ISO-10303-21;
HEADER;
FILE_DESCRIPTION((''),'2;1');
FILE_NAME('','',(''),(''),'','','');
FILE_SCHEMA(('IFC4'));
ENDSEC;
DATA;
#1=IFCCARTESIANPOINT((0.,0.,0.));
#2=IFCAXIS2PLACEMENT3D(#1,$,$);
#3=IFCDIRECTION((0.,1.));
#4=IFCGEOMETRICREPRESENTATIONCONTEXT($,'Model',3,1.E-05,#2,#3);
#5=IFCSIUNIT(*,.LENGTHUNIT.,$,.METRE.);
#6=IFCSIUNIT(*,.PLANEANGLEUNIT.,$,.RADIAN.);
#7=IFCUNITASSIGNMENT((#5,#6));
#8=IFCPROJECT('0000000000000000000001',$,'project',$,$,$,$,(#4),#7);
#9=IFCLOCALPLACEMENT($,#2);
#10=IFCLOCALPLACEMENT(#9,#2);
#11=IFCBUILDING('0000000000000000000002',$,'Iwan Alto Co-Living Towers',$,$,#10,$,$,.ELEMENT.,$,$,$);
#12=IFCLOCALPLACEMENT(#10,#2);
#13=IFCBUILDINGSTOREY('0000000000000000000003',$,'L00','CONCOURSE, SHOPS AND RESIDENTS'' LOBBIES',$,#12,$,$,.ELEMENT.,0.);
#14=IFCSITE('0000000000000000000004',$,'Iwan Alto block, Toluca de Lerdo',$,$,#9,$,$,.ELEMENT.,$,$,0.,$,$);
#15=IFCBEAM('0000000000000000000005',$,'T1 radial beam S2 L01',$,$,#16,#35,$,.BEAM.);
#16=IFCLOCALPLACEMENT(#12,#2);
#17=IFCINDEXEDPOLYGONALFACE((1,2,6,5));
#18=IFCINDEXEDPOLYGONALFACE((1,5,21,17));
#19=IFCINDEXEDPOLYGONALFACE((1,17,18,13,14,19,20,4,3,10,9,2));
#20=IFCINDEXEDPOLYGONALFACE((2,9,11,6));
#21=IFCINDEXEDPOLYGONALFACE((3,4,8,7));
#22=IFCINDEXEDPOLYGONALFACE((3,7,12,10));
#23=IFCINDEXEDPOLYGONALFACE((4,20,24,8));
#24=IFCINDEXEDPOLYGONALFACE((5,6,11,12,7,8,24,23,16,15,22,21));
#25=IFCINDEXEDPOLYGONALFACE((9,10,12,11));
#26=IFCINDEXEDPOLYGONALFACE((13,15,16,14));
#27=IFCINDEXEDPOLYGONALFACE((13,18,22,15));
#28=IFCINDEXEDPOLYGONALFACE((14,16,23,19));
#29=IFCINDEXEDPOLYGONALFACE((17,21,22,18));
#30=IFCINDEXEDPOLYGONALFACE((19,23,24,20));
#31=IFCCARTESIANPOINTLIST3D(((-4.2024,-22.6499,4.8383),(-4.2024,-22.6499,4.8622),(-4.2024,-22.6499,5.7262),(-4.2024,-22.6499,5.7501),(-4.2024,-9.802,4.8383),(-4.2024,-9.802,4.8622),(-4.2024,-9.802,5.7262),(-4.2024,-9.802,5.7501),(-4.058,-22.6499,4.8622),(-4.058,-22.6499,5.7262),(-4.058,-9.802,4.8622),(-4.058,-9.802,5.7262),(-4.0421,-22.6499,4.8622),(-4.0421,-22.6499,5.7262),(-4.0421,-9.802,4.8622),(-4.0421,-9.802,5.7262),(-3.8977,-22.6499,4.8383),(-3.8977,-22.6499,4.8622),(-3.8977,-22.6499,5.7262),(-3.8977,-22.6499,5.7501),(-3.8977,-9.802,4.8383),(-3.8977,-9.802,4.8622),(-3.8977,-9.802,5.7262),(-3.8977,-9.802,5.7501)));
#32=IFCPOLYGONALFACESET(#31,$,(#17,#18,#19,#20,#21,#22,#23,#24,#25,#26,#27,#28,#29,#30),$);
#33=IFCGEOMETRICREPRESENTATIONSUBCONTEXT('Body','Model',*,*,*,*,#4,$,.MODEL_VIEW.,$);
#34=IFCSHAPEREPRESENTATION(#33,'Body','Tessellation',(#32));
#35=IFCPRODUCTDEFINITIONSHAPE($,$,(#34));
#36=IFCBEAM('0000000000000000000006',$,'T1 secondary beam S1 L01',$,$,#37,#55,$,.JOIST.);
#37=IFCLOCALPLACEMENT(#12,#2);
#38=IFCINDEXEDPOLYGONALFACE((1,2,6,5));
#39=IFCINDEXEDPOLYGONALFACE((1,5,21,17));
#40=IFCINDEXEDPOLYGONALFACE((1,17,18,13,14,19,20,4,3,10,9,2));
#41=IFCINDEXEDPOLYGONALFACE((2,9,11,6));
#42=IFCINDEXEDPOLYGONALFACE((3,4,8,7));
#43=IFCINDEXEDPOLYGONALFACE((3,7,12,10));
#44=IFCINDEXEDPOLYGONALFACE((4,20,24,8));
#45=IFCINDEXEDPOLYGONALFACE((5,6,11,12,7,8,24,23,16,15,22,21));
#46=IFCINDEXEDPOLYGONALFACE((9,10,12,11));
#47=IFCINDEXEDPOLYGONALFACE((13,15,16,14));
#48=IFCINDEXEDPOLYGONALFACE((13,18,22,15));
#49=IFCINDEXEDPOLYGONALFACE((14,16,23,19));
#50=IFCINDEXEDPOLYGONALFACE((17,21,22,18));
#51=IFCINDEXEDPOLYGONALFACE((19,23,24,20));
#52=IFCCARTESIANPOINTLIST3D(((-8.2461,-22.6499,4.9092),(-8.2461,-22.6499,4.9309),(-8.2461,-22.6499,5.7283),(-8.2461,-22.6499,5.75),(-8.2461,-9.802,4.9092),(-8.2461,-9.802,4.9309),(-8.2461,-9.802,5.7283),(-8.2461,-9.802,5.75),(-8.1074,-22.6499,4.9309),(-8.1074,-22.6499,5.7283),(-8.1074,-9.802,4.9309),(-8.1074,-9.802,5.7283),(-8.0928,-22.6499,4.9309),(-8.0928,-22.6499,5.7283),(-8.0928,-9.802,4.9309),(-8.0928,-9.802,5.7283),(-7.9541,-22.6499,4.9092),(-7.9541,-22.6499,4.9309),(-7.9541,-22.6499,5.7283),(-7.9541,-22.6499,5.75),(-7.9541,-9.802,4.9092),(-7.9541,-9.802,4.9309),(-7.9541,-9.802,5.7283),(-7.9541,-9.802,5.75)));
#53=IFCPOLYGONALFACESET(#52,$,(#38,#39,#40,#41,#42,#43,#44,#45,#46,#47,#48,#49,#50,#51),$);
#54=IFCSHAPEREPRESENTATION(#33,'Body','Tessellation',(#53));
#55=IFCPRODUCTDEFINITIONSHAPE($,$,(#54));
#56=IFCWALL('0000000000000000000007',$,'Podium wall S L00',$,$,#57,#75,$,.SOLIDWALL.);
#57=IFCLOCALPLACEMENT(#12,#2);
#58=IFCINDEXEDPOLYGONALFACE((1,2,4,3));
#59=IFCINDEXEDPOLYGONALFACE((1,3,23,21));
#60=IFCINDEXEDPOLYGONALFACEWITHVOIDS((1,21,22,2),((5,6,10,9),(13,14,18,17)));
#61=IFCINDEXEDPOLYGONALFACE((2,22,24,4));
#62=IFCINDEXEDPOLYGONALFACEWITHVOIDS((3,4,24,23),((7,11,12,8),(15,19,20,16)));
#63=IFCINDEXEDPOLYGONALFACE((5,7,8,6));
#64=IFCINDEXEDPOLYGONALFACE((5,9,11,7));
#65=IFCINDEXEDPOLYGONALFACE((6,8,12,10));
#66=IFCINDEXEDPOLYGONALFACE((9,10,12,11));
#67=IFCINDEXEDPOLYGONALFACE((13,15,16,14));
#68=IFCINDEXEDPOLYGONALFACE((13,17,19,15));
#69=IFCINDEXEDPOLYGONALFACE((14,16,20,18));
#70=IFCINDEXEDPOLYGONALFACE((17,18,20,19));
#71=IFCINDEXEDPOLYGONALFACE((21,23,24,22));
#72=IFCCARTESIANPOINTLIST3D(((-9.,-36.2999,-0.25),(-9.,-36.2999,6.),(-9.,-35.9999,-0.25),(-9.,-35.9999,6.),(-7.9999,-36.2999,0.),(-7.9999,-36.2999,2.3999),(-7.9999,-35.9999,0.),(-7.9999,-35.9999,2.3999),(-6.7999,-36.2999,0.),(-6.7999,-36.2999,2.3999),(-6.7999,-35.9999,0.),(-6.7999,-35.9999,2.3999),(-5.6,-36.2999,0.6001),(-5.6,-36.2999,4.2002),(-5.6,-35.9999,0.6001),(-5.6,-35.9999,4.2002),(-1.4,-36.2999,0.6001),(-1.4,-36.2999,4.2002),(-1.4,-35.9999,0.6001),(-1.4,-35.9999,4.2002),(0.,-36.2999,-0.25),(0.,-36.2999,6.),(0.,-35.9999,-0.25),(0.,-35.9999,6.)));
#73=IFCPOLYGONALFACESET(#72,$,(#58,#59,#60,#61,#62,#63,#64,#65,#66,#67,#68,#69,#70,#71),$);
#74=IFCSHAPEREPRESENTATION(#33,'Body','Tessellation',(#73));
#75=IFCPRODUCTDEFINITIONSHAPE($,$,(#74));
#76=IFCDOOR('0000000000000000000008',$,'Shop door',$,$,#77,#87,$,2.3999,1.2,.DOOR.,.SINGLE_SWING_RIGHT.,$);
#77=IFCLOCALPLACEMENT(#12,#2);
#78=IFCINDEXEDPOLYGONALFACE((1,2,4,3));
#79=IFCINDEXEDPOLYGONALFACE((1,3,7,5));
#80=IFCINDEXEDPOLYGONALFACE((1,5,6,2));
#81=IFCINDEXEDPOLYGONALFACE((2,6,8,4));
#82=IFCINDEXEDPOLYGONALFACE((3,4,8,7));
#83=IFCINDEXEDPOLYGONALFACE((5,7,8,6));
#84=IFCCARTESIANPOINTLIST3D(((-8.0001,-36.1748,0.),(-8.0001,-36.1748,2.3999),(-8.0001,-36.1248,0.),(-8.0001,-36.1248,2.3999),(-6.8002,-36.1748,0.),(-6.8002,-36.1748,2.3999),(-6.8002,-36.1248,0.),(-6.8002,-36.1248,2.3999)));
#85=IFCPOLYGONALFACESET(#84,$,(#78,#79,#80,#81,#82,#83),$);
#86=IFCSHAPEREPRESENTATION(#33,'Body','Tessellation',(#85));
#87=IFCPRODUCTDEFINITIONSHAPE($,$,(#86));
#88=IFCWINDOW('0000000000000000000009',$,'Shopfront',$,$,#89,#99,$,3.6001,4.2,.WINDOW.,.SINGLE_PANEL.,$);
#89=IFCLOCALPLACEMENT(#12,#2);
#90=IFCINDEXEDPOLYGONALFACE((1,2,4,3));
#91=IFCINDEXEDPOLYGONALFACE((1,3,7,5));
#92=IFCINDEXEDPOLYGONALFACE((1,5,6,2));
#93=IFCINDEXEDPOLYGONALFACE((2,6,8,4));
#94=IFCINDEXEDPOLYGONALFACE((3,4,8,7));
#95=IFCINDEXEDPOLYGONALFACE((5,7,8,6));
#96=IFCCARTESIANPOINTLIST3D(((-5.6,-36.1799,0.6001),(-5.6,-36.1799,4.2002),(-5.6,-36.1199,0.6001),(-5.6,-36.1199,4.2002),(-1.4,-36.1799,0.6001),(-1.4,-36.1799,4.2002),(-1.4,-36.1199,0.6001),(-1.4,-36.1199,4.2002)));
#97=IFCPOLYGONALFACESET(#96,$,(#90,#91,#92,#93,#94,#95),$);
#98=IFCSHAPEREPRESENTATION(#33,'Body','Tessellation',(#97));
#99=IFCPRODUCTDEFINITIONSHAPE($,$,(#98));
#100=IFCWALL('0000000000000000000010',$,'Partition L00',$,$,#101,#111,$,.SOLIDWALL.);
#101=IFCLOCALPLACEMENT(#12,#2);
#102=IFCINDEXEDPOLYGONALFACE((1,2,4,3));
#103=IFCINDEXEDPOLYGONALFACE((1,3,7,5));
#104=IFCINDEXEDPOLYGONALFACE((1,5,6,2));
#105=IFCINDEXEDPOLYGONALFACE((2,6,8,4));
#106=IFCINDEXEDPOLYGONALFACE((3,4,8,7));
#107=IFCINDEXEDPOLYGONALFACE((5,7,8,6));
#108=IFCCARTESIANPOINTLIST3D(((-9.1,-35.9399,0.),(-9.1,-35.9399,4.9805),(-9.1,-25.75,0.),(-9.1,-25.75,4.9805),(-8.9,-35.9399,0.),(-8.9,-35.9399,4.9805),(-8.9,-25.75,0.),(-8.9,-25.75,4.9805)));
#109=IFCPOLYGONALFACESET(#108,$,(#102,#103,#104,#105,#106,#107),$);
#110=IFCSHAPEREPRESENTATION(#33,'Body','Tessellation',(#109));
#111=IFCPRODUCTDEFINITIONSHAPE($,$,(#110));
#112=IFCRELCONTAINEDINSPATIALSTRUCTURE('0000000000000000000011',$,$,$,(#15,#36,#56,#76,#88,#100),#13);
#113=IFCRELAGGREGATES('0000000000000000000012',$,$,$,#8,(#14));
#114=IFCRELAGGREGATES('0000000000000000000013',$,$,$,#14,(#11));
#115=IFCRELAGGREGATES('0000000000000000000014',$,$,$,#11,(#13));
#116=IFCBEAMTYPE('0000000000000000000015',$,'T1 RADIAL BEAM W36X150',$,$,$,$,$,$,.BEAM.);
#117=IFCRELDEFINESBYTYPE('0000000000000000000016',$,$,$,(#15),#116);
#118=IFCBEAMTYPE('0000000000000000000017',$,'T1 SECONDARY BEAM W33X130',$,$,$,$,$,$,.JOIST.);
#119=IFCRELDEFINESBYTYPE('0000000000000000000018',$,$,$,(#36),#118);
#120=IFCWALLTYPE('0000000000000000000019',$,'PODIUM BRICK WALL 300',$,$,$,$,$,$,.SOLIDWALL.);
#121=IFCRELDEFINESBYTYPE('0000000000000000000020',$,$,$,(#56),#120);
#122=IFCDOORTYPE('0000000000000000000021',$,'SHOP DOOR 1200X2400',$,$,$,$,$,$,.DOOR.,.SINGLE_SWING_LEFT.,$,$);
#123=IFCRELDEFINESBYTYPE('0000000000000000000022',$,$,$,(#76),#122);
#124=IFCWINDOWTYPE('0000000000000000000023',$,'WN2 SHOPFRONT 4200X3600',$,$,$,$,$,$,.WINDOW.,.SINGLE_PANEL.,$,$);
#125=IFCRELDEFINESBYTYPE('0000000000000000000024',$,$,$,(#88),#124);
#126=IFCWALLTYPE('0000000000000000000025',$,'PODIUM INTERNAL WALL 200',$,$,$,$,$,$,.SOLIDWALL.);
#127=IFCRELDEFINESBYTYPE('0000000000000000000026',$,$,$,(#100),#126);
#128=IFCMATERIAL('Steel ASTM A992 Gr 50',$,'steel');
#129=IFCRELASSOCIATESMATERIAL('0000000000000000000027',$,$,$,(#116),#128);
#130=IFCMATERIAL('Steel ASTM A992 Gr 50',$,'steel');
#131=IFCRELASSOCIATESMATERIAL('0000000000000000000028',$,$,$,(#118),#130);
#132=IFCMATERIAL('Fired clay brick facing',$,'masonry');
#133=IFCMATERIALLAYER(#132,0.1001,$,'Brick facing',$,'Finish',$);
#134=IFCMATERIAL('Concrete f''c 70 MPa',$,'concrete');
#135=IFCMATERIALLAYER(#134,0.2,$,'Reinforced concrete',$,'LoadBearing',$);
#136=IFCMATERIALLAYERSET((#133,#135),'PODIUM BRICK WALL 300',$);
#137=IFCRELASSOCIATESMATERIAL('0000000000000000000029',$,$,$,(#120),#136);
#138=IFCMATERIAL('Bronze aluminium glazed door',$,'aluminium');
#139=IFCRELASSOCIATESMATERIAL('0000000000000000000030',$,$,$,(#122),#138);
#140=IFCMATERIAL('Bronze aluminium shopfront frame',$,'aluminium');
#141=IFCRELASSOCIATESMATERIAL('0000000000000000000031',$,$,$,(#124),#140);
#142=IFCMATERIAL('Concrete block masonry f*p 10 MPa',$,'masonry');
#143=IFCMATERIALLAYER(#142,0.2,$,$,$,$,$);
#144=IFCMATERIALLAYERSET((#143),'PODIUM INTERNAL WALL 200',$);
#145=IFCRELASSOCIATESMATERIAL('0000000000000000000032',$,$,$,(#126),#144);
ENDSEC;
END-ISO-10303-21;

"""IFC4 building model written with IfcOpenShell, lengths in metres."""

from ifc_helpers import new_model, si_unit, direction, frame, frame_2d, origin, origin_2d, place, context, subcontext, project, spatial, rectangle, i_section, extrude, material, layer, layer_set, material_profile, profile_set, type_object, element, fill, save


model = new_model("IFC4")

# Units and contexts
model_context = context("Model", 3, precision=1e-05, world=origin(), true_north=direction((0.0, 1.0)))
body_context = subcontext(model_context, "Body", "Model", "MODEL_VIEW")
ifc_project = project(units=[si_unit("LENGTHUNIT", "METRE"), si_unit("PLANEANGLEUNIT", "RADIAN")], contexts=[model_context])

# Site, building, storey
site_placement = place(None, origin())
site = spatial("IfcSite", under=ifc_project, at=site_placement, Name="Iwan Alto block, Toluca de Lerdo", CompositionType="ELEMENT", RefElevation=0.0)
building_placement = place(site_placement, origin())
building = spatial("IfcBuilding", under=site, at=building_placement, Name="Iwan Alto Co-Living Towers", CompositionType="ELEMENT")
storey_placement = place(building_placement, origin())
storey = spatial("IfcBuildingStorey", under=building, at=storey_placement, Name="L00", Description="CONCOURSE, SHOPS AND RESIDENTS' LOBBIES", CompositionType="ELEMENT", Elevation=0.0)

# Beams
ifc_material_1 = material(Name="Steel ASTM A992 Gr 50", Category="steel")
ifc_material_profile_1 = material_profile(ifc_material_1, i_section(OverallWidth=0.3047, OverallDepth=0.9119, WebThickness=0.0159, FlangeThickness=0.0239, at=origin_2d()), Name="W36X150")
ifc_profile_set_1 = profile_set([ifc_material_profile_1], Name="Steel ASTM A992 Gr 50")
beam_type_1 = type_object("IfcBeamType", Name="T1 RADIAL BEAM W36X150", PredefinedType="BEAM", material=ifc_profile_set_1)
beam_1_placement = place(storey_placement, frame((-4.05, -22.6499, 5.2942), z_axis=(0.0, 1.0, 0.0), x_axis=(-1.0, 0.0, 0.0)))
element("IfcBeam", 1, at=beam_1_placement, inside=storey, type_object=beam_type_1, Name="T1 radial beam S2 L01", PredefinedType="BEAM", context=body_context, shape_type="SweptSolid", body=[
    extrude(i_section(OverallWidth=0.3047, OverallDepth=0.9119, WebThickness=0.0159, FlangeThickness=0.0239, at=origin_2d()), origin(), (0.0, 0.0, 1.0), 12.8479),
])
ifc_material_2 = material(Name="Steel ASTM A992 Gr 50", Category="steel")
ifc_material_profile_2 = material_profile(ifc_material_2, i_section(OverallWidth=0.292, OverallDepth=0.8408, WebThickness=0.0146, FlangeThickness=0.0217, at=origin_2d()), Name="W33X130")
ifc_profile_set_2 = profile_set([ifc_material_profile_2], Name="Steel ASTM A992 Gr 50")
beam_type_2 = type_object("IfcBeamType", Name="T1 SECONDARY BEAM W33X130", PredefinedType="JOIST", material=ifc_profile_set_2)
beam_2_placement = place(storey_placement, frame((-8.1001, -22.6499, 5.3296), z_axis=(0.0, 1.0, 0.0), x_axis=(-1.0, 0.0, 0.0)))
element("IfcBeam", 2, at=beam_2_placement, inside=storey, type_object=beam_type_2, Name="T1 secondary beam S1 L01", PredefinedType="JOIST", context=body_context, shape_type="SweptSolid", body=[
    extrude(i_section(OverallWidth=0.292, OverallDepth=0.8408, WebThickness=0.0146, FlangeThickness=0.0217, at=origin_2d()), origin(), (0.0, 0.0, 1.0), 12.8479),
])

# Wall, openings, door, window
ifc_material_3 = material(Name="Fired clay brick facing", Category="masonry")
ifc_layer_1 = layer(ifc_material_3, 0.1001, Name="Brick facing", Category="Finish")
ifc_material_4 = material(Name="Concrete f'c 70 MPa", Category="concrete")
ifc_layer_2 = layer(ifc_material_4, 0.2, Name="Reinforced concrete", Category="LoadBearing")
ifc_layer_set_1 = layer_set([ifc_layer_1, ifc_layer_2], Name="PODIUM BRICK WALL 300")
wall_type_1 = type_object("IfcWallType", Name="PODIUM BRICK WALL 300", PredefinedType="SOLIDWALL", material=ifc_layer_set_1)
wall_1_placement = place(storey_placement, frame((-9.0, -36.1499, -0.25), z_axis=(0.0, 0.0, 1.0), x_axis=(1.0, 0.0, 0.0)))
wall_1 = element("IfcWall", 3, at=wall_1_placement, inside=storey, type_object=wall_type_1, Name="Podium wall S L00", PredefinedType="SOLIDWALL", context=body_context, shape_type="SweptSolid", body=[
    extrude(rectangle(XDim=9.0, YDim=0.3, at=frame_2d((4.5, 0.0))), origin(), (0.0, 0.0, 1.0), 6.25),
])
opening_1_placement = place(wall_1_placement, frame((1.0, 0.0, 0.25)))
opening_1 = element("IfcOpeningElement", 4, at=opening_1_placement, cuts=wall_1, PredefinedType="OPENING", context=body_context, shape_type="SweptSolid", body=[
    extrude(rectangle(XDim=1.2, YDim=2.3999, at=frame_2d((0.6001, 1.2))), frame((0.0, 0.1599, 0.0), z_axis=(0.0, -1.0, 0.0), x_axis=(1.0, 0.0, 0.0)), (0.0, 0.0, 1.0), 0.3201),
])
opening_2_placement = place(wall_1_placement, frame((3.3999, 0.0, 0.8501)))
opening_2 = element("IfcOpeningElement", 5, at=opening_2_placement, cuts=wall_1, PredefinedType="OPENING", context=body_context, shape_type="SweptSolid", body=[
    extrude(rectangle(XDim=4.2, YDim=3.6001, at=frame_2d((2.1001, 1.8))), frame((0.0, 0.1599, 0.0), z_axis=(0.0, -1.0, 0.0), x_axis=(1.0, 0.0, 0.0)), (0.0, 0.0, 1.0), 0.3201),
])
ifc_material_5 = material(Name="Bronze aluminium glazed door", Category="aluminium")
door_type = type_object("IfcDoorType", Name="SHOP DOOR 1200X2400", OperationType="SINGLE_SWING_LEFT", PredefinedType="DOOR", material=ifc_material_5)
door_placement = place(opening_1_placement, frame((1.2, 0.0, 0.0), z_axis=(0.0, 0.0, 1.0), x_axis=(-1.0, 0.0, 0.0)))
door = element("IfcDoor", 6, at=door_placement, inside=storey, type_object=door_type, Name="Shop door", OperationType="SINGLE_SWING_RIGHT", OverallHeight=2.3999, OverallWidth=1.2, PredefinedType="DOOR", context=body_context, shape_type="SweptSolid", body=[
    extrude(rectangle(XDim=1.2, YDim=2.3999, at=frame_2d((0.6001, 1.2))), frame((0.0, 0.0249, 0.0), z_axis=(0.0, -1.0, 0.0), x_axis=(1.0, 0.0, 0.0)), (0.0, 0.0, 1.0), 0.05),
])
fill(opening_1, door)
ifc_material_6 = material(Name="Bronze aluminium shopfront frame", Category="aluminium")
window_type = type_object("IfcWindowType", Name="WN2 SHOPFRONT 4200X3600", PartitioningType="SINGLE_PANEL", PredefinedType="WINDOW", material=ifc_material_6)
window_placement = place(opening_2_placement, origin())
window = element("IfcWindow", 7, at=window_placement, inside=storey, type_object=window_type, Name="Shopfront", OverallHeight=3.6001, OverallWidth=4.2, PartitioningType="SINGLE_PANEL", PredefinedType="WINDOW", context=body_context, shape_type="SweptSolid", body=[
    extrude(rectangle(XDim=4.2, YDim=3.6001, at=frame_2d((2.1001, 1.8))), frame((0.0, 0.03, 0.0), z_axis=(0.0, -1.0, 0.0), x_axis=(1.0, 0.0, 0.0)), (0.0, 0.0, 1.0), 0.0601),
])
fill(opening_2, window)

# Wall
ifc_material_7 = material(Name="Concrete block masonry f*p 10 MPa", Category="masonry")
ifc_layer_3 = layer(ifc_material_7, 0.2)
ifc_layer_set_2 = layer_set([ifc_layer_3], Name="PODIUM INTERNAL WALL 200")
wall_type_2 = type_object("IfcWallType", Name="PODIUM INTERNAL WALL 200", PredefinedType="SOLIDWALL", material=ifc_layer_set_2)
wall_2_placement = place(storey_placement, frame((-9.0, -35.9399, 0.0), z_axis=(0.0, 0.0, 1.0), x_axis=(0.0, 1.0, 0.0)))
element("IfcWall", 8, at=wall_2_placement, inside=storey, type_object=wall_type_2, Name="Partition L00", PredefinedType="SOLIDWALL", context=body_context, shape_type="SweptSolid", body=[
    extrude(rectangle(XDim=10.1899, YDim=0.2, at=frame_2d((5.095, 0.0))), origin(), (0.0, 0.0, 1.0), 4.9805),
])

save(model, "model.ifc")
